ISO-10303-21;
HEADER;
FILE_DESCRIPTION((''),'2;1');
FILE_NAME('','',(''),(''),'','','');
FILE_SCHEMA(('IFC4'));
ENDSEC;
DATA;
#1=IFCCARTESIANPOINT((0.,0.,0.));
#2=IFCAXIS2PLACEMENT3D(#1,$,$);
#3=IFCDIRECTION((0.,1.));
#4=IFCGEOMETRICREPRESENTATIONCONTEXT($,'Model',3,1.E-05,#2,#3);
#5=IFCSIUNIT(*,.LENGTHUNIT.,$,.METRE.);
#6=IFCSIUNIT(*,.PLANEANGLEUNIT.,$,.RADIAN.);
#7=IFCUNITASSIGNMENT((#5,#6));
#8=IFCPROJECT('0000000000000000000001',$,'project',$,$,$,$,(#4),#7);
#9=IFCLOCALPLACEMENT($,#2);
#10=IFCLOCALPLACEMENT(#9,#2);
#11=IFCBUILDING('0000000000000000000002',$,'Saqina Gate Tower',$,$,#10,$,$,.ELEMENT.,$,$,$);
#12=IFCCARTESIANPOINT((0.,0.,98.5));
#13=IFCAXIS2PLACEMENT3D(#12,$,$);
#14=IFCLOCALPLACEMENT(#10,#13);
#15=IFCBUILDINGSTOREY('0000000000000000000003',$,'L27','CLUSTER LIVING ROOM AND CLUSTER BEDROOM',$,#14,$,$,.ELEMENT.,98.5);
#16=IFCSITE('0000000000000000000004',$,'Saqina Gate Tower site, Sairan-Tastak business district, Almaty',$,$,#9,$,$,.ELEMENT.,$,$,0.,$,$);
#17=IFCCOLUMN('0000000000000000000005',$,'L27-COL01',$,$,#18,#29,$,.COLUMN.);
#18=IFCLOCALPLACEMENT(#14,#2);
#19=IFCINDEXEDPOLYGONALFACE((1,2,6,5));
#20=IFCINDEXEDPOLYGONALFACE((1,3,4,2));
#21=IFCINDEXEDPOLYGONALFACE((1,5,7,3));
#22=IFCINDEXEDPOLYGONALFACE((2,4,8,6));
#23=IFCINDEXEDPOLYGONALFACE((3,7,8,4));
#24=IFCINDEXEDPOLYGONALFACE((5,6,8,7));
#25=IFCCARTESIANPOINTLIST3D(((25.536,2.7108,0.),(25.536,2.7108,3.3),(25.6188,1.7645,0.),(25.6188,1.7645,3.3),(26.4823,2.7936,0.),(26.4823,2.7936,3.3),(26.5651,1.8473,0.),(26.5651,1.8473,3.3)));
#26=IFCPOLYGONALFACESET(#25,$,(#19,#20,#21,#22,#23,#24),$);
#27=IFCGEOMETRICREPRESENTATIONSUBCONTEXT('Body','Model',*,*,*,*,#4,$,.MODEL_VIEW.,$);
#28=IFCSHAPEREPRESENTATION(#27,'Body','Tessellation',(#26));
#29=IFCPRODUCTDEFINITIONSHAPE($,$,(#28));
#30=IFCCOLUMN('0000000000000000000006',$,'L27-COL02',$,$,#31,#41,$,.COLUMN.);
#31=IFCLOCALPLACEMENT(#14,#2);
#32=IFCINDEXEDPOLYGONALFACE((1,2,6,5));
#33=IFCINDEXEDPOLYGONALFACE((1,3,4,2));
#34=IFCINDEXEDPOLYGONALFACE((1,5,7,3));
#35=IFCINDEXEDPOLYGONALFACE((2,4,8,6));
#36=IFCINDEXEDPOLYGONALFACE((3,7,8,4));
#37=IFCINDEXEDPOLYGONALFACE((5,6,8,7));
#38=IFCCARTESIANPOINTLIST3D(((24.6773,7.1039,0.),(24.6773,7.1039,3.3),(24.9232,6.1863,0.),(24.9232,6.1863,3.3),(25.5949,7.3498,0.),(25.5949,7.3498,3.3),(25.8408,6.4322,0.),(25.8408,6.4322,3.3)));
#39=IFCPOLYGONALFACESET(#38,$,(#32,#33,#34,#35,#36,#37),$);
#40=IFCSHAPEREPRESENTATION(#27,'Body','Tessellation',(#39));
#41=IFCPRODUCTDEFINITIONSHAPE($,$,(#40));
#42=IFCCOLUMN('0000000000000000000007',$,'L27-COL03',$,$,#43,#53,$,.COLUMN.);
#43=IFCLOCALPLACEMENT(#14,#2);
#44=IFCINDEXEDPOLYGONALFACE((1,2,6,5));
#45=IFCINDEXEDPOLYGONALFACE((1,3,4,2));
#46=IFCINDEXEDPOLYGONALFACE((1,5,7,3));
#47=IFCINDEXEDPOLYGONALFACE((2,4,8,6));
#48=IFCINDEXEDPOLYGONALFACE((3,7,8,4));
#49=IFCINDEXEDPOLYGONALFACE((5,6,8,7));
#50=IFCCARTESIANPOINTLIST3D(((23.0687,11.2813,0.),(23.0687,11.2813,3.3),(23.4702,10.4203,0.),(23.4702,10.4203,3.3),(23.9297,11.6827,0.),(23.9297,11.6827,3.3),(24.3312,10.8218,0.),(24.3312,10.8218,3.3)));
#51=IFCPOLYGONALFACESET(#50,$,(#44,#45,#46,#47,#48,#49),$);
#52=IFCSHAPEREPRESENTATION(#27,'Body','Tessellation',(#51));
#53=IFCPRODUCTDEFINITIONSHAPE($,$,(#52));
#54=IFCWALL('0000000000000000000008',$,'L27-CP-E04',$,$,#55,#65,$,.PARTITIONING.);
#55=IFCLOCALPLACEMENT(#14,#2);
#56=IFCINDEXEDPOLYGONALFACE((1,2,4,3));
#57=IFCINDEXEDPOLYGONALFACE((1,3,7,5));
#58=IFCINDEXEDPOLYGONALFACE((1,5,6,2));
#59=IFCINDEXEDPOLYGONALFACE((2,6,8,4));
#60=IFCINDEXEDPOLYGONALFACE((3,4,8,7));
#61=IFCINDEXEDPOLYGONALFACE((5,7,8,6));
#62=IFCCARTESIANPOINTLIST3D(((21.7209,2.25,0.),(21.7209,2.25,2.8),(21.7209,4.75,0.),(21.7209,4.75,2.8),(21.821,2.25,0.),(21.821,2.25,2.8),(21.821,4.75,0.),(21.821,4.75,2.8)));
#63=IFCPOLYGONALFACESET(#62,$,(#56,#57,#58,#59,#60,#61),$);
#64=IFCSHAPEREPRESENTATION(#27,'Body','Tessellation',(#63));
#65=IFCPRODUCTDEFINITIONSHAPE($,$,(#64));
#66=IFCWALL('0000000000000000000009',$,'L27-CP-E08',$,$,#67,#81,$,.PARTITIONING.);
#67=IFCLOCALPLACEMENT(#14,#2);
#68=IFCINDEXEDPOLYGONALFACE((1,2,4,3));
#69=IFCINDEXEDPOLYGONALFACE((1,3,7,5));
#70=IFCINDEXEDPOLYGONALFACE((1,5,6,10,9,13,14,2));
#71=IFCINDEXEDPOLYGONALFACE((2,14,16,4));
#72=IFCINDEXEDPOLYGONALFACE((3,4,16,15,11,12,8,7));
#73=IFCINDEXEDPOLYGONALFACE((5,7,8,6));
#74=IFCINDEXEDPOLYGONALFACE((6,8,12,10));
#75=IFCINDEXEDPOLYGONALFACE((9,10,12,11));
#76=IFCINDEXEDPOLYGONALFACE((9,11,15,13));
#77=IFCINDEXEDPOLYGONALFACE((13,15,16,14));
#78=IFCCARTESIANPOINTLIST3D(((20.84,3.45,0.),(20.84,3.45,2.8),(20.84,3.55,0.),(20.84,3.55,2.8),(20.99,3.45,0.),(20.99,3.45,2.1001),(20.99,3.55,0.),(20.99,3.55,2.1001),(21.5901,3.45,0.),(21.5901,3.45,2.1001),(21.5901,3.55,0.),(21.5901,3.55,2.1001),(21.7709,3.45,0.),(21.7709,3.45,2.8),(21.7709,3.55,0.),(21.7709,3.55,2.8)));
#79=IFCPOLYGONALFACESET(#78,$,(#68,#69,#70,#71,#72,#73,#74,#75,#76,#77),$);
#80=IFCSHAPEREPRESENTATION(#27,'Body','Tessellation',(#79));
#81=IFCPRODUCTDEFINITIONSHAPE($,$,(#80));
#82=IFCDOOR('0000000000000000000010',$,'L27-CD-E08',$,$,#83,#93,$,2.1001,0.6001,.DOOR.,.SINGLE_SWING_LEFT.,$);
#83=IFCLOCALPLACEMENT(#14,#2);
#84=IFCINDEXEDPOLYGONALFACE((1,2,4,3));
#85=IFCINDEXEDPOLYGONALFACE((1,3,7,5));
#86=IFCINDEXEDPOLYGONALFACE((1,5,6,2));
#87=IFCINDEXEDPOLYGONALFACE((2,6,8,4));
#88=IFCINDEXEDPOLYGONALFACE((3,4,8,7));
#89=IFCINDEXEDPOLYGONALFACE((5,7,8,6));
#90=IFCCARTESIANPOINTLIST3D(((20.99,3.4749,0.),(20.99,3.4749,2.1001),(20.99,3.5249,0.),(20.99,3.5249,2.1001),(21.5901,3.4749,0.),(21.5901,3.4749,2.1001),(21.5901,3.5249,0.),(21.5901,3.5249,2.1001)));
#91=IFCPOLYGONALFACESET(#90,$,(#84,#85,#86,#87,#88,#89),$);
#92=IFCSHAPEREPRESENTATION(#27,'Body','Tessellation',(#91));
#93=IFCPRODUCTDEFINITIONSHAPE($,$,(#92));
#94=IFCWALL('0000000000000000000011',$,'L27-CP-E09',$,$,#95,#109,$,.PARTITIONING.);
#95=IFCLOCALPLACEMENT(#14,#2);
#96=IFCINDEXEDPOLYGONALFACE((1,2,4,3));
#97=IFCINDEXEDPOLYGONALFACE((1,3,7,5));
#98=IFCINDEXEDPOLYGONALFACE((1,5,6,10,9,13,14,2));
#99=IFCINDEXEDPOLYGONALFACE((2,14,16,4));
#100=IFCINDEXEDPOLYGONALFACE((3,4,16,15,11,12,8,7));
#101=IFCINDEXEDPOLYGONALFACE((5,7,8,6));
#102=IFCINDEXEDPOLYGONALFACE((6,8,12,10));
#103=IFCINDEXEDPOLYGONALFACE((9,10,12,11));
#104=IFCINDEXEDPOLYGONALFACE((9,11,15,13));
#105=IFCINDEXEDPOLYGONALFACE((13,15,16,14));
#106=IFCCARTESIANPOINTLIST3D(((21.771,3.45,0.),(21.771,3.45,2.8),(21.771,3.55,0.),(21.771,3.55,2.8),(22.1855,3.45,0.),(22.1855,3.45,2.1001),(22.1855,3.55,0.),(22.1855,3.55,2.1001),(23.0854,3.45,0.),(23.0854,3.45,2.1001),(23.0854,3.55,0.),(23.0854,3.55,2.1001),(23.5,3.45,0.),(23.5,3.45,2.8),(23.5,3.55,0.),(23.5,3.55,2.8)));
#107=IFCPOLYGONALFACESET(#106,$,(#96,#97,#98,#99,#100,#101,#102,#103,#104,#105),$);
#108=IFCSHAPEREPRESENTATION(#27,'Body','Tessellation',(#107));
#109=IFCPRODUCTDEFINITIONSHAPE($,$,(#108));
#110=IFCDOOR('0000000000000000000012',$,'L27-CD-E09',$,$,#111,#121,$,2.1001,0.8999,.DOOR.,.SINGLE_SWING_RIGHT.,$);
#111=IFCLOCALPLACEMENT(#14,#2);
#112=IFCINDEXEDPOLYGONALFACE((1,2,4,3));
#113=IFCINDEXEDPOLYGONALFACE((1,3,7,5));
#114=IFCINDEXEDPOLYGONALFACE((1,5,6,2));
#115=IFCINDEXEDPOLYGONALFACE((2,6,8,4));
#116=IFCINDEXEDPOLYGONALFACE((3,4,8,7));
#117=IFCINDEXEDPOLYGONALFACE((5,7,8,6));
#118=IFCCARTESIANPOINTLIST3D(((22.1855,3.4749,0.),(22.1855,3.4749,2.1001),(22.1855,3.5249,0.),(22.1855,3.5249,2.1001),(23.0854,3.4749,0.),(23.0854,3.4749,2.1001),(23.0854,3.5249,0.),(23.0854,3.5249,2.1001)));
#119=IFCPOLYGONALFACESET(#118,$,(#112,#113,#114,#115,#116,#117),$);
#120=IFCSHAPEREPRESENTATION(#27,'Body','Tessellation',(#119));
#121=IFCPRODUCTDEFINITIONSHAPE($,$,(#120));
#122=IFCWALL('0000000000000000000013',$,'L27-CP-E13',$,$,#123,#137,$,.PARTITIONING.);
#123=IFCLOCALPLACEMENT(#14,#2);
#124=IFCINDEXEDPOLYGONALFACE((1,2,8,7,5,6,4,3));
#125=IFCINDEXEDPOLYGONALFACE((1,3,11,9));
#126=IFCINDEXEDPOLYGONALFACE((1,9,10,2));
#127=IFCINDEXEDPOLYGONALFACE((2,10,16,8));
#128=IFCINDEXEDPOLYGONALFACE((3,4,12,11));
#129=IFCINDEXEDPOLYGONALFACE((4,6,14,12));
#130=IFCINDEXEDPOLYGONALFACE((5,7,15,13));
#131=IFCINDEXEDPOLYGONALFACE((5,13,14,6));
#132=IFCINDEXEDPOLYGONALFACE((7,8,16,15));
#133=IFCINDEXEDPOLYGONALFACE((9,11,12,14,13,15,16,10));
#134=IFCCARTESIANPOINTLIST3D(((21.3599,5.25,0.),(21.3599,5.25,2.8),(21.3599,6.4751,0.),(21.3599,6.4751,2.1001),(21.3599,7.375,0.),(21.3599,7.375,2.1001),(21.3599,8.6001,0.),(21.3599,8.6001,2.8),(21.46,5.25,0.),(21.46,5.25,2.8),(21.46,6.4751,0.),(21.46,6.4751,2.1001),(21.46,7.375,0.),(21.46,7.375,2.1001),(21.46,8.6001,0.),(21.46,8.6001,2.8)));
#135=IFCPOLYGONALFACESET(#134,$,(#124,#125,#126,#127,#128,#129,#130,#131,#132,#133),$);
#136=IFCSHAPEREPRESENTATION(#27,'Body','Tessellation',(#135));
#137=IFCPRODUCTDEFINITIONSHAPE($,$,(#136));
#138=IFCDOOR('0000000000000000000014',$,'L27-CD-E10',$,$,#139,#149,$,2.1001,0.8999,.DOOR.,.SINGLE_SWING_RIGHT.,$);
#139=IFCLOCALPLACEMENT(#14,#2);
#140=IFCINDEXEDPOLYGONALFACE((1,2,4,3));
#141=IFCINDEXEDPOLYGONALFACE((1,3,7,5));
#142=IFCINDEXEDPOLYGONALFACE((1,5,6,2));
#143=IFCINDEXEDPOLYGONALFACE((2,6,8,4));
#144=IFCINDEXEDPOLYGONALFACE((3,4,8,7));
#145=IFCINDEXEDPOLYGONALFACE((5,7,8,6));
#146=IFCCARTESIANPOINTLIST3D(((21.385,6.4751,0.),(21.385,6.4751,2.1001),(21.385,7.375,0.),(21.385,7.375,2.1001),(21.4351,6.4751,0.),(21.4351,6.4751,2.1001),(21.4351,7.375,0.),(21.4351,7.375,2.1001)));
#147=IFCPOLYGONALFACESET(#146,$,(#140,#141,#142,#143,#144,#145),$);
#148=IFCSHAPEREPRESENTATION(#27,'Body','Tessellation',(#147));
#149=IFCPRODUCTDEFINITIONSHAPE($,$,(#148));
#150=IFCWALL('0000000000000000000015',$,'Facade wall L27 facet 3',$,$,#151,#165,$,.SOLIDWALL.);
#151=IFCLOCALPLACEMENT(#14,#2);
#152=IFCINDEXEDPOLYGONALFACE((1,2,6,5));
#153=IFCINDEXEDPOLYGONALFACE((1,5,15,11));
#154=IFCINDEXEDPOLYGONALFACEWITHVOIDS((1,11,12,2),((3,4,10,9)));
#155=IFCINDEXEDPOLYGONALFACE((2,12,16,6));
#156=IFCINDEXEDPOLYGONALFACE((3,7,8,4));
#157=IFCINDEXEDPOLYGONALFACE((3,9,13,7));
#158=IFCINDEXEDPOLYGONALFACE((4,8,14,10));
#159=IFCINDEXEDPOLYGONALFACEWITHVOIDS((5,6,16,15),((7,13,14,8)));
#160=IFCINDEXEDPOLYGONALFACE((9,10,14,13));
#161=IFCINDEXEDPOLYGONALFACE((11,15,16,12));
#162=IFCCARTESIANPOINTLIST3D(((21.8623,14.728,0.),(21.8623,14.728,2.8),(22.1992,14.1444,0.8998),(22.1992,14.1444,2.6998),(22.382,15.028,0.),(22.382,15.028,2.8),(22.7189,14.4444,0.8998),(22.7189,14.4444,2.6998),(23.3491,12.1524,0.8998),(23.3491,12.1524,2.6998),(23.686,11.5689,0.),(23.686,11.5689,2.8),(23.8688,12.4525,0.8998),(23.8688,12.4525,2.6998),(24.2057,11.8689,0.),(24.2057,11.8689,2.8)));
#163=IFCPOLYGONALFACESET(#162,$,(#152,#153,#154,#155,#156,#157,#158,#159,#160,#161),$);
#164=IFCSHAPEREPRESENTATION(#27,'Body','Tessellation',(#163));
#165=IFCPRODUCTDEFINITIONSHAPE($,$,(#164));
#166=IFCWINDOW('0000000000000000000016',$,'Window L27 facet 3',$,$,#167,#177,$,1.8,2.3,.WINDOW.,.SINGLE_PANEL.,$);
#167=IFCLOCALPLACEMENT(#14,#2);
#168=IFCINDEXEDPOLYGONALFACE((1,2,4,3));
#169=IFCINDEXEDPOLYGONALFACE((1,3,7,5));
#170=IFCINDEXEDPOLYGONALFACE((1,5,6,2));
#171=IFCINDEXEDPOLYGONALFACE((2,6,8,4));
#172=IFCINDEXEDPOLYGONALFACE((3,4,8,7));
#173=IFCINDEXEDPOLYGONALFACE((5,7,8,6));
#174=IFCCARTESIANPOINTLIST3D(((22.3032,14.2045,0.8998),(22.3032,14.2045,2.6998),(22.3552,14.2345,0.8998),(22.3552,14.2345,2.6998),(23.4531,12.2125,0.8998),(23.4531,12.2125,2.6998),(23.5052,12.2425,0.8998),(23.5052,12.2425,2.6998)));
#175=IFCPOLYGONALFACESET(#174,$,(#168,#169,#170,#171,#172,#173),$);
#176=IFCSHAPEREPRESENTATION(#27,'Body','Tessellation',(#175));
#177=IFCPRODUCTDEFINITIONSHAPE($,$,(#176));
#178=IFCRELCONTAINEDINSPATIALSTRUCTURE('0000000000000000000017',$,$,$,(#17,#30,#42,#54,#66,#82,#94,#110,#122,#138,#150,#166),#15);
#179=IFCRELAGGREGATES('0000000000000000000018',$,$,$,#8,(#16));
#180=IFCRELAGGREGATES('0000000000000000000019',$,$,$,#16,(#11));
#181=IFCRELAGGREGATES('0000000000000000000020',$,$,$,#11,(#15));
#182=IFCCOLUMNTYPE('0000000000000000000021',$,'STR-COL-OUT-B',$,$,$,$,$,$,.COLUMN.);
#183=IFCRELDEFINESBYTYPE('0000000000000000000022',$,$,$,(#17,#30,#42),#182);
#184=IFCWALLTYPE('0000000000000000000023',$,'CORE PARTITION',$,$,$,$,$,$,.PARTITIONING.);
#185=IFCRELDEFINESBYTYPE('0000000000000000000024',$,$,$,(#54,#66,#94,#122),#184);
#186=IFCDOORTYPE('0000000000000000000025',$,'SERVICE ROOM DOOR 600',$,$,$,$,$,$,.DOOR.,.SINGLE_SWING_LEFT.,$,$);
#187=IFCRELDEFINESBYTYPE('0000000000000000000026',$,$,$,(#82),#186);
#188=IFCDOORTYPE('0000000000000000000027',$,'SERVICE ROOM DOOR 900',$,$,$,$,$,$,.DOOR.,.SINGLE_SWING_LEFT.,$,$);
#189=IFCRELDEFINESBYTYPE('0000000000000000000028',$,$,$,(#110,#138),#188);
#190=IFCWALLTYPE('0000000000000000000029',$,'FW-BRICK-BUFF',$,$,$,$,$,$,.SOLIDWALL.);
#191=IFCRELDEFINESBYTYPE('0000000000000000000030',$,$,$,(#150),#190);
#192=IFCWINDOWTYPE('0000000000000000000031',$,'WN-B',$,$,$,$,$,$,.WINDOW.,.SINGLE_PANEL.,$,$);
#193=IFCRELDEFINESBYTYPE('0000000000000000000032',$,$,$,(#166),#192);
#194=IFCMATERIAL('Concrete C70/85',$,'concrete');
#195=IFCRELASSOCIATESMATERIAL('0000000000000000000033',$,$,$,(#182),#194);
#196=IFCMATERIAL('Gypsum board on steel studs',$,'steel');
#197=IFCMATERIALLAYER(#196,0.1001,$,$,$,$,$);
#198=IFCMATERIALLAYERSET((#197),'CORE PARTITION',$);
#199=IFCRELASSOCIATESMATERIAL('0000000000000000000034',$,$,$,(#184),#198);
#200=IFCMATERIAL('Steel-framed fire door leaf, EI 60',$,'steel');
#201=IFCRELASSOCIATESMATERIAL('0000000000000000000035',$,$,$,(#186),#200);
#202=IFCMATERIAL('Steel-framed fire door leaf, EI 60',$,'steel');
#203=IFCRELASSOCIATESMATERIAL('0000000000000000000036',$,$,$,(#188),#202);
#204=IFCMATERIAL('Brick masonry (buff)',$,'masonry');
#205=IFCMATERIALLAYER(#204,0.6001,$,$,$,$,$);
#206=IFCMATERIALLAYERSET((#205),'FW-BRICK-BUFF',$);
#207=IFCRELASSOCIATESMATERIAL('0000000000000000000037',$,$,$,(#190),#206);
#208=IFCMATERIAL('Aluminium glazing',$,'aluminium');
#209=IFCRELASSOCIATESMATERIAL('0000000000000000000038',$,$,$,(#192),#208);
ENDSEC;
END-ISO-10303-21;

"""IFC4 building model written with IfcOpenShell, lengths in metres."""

from ifc_helpers import new_model, si_unit, direction, frame, frame_2d, origin, origin_2d, place, context, subcontext, project, spatial, rectangle, extrude, material, layer, layer_set, material_profile, profile_set, type_object, element, fill, save


model = new_model("IFC4")

# Units and contexts
model_context = context("Model", 3, precision=1e-05, world=origin(), true_north=direction((0.0, 1.0)))
body_context = subcontext(model_context, "Body", "Model", "MODEL_VIEW")
ifc_project = project(units=[si_unit("LENGTHUNIT", "METRE"), si_unit("PLANEANGLEUNIT", "RADIAN")], contexts=[model_context])

# Site, building, storey
site_placement = place(None, origin())
site = spatial("IfcSite", under=ifc_project, at=site_placement, Name="Saqina Gate Tower site, Sairan-Tastak business district, Almaty", CompositionType="ELEMENT", RefElevation=0.0)
building_placement = place(site_placement, origin())
building = spatial("IfcBuilding", under=site, at=building_placement, Name="Saqina Gate Tower", CompositionType="ELEMENT")
storey_placement = place(building_placement, frame((0.0, 0.0, 98.5)))
storey = spatial("IfcBuildingStorey", under=building, at=storey_placement, Name="L27", Description="CLUSTER LIVING ROOM AND CLUSTER BEDROOM", CompositionType="ELEMENT", Elevation=98.5)

# Columns
ifc_material_1 = material(Name="Concrete C70/85", Category="concrete")
ifc_material_profile = material_profile(ifc_material_1, rectangle(XDim=0.95, YDim=0.95, at=origin_2d()), Name="RC 950x950")
ifc_profile_set = profile_set([ifc_material_profile], Name="Concrete C70/85")
column_type = type_object("IfcColumnType", Name="STR-COL-OUT-B", PredefinedType="COLUMN", material=ifc_profile_set)
for number, where, z_axis, x_axis, name in (
    (1, (26.0505, 2.2791, 0.0), (0.0, 0.0, 1.0), (0.996195, 0.087156, 0.0), "L27-COL01"),
    (2, (25.259, 6.7681, 0.0), (0.0, 0.0, 1.0), (0.965926, 0.258819, 0.0), "L27-COL02"),
    (3, (23.7, 11.0515, 0.0), (0.0, 0.0, 1.0), (0.906308, 0.422618, 0.0), "L27-COL03"),
):
    element("IfcColumn", number, at=place(storey_placement, frame(where, z_axis=z_axis, x_axis=x_axis)), inside=storey, type_object=column_type, Name=name, PredefinedType="COLUMN", context=body_context, shape_type="SweptSolid", body=[
        extrude(rectangle(XDim=0.95, YDim=0.95, at=origin_2d()), origin(), (0.0, 0.0, 1.0), 3.3),
    ])

# Wall
ifc_material_2 = material(Name="Gypsum board on steel studs", Category="steel")
ifc_layer_1 = layer(ifc_material_2, 0.1001)
ifc_layer_set_1 = layer_set([ifc_layer_1], Name="CORE PARTITION")
wall_type_1 = type_object("IfcWallType", Name="CORE PARTITION", PredefinedType="PARTITIONING", material=ifc_layer_set_1)
wall_1_placement = place(storey_placement, frame((21.771, 2.25, 0.0), z_axis=(0.0, 0.0, 1.0), x_axis=(0.0, 1.0, 0.0)))
element("IfcWall", 4, at=wall_1_placement, inside=storey, type_object=wall_type_1, Name="L27-CP-E04", PredefinedType="PARTITIONING", context=body_context, shape_type="SweptSolid", body=[
    extrude(rectangle(XDim=2.5, YDim=0.1001, at=frame_2d((1.25, 0.0))), origin(), (0.0, 0.0, 1.0), 2.8),
])

# Walls, openings, doors
wall_2_placement = place(storey_placement, frame((20.8401, 3.5, 0.0), z_axis=(0.0, 0.0, 1.0), x_axis=(1.0, 0.0, 0.0)))
wall_2 = element("IfcWall", 5, at=wall_2_placement, inside=storey, type_object=wall_type_1, Name="L27-CP-E08", PredefinedType="PARTITIONING", context=body_context, shape_type="SweptSolid", body=[
    extrude(rectangle(XDim=0.9309, YDim=0.1001, at=frame_2d((0.4653, 0.0))), origin(), (0.0, 0.0, 1.0), 2.8),
])
opening_1_placement = place(wall_2_placement, frame((0.1499, 0.0, 0.0)))
opening_1 = element("IfcOpeningElement", 6, at=opening_1_placement, cuts=wall_2, PredefinedType="OPENING", context=body_context, shape_type="SweptSolid", body=[
    extrude(rectangle(XDim=0.6001, YDim=2.1001, at=frame_2d((0.3, 1.05))), frame((0.0, 0.062, 0.0), z_axis=(0.0, -1.0, 0.0), x_axis=(1.0, 0.0, 0.0)), (0.0, 0.0, 1.0), 0.124),
])
ifc_material_3 = material(Name="Steel-framed fire door leaf, EI 60", Category="steel")
door_type_1 = type_object("IfcDoorType", Name="SERVICE ROOM DOOR 600", OperationType="SINGLE_SWING_LEFT", PredefinedType="DOOR", material=ifc_material_3)
door_1_placement = place(opening_1_placement, origin())
door_1 = element("IfcDoor", 7, at=door_1_placement, inside=storey, type_object=door_type_1, Name="L27-CD-E08", OperationType="SINGLE_SWING_LEFT", OverallHeight=2.1001, OverallWidth=0.6001, PredefinedType="DOOR", context=body_context, shape_type="SweptSolid", body=[
    extrude(rectangle(XDim=0.6001, YDim=2.1001, at=frame_2d((0.3, 1.05))), frame((0.0, 0.0249, 0.0), z_axis=(0.0, -1.0, 0.0), x_axis=(1.0, 0.0, 0.0)), (0.0, 0.0, 1.0), 0.05),
])
fill(opening_1, door_1)
wall_3_placement = place(storey_placement, frame((21.771, 3.5, 0.0), z_axis=(0.0, 0.0, 1.0), x_axis=(1.0, 0.0, 0.0)))
wall_3 = element("IfcWall", 8, at=wall_3_placement, inside=storey, type_object=wall_type_1, Name="L27-CP-E09", PredefinedType="PARTITIONING", context=body_context, shape_type="SweptSolid", body=[
    extrude(rectangle(XDim=1.729, YDim=0.1001, at=frame_2d((0.8645, 0.0))), origin(), (0.0, 0.0, 1.0), 2.8),
])
opening_2_placement = place(wall_3_placement, frame((0.4146, 0.0, 0.0)))
opening_2 = element("IfcOpeningElement", 9, at=opening_2_placement, cuts=wall_3, PredefinedType="OPENING", context=body_context, shape_type="SweptSolid", body=[
    extrude(rectangle(XDim=0.8999, YDim=2.1001, at=frame_2d((0.45, 1.05))), frame((0.0, 0.062, 0.0), z_axis=(0.0, -1.0, 0.0), x_axis=(1.0, 0.0, 0.0)), (0.0, 0.0, 1.0), 0.124),
])
ifc_material_4 = material(Name="Steel-framed fire door leaf, EI 60", Category="steel")
door_type_2 = type_object("IfcDoorType", Name="SERVICE ROOM DOOR 900", OperationType="SINGLE_SWING_LEFT", PredefinedType="DOOR", material=ifc_material_4)
door_2_placement = place(opening_2_placement, origin())
door_2 = element("IfcDoor", 10, at=door_2_placement, inside=storey, type_object=door_type_2, Name="L27-CD-E09", OperationType="SINGLE_SWING_RIGHT", OverallHeight=2.1001, OverallWidth=0.8999, PredefinedType="DOOR", context=body_context, shape_type="SweptSolid", body=[
    extrude(rectangle(XDim=0.8999, YDim=2.1001, at=frame_2d((0.45, 1.05))), frame((0.0, 0.0249, 0.0), z_axis=(0.0, -1.0, 0.0), x_axis=(1.0, 0.0, 0.0)), (0.0, 0.0, 1.0), 0.05),
])
fill(opening_2, door_2)
wall_4_placement = place(storey_placement, frame((21.4099, 5.25, 0.0), z_axis=(0.0, 0.0, 1.0), x_axis=(0.0, 1.0, 0.0)))
wall_4 = element("IfcWall", 11, at=wall_4_placement, inside=storey, type_object=wall_type_1, Name="L27-CP-E13", PredefinedType="PARTITIONING", context=body_context, shape_type="SweptSolid", body=[
    extrude(rectangle(XDim=3.3501, YDim=0.1001, at=frame_2d((1.675, 0.0))), origin(), (0.0, 0.0, 1.0), 2.8),
])
opening_3_placement = place(wall_4_placement, frame((1.2251, 0.0, 0.0)))
opening_3 = element("IfcOpeningElement", 12, at=opening_3_placement, cuts=wall_4, PredefinedType="OPENING", context=body_context, shape_type="SweptSolid", body=[
    extrude(rectangle(XDim=0.8999, YDim=2.1001, at=frame_2d((0.45, 1.05))), frame((0.0, 0.062, 0.0), z_axis=(0.0, -1.0, 0.0), x_axis=(1.0, 0.0, 0.0)), (0.0, 0.0, 1.0), 0.124),
])
door_3_placement = place(opening_3_placement, origin())
door_3 = element("IfcDoor", 13, at=door_3_placement, inside=storey, type_object=door_type_2, Name="L27-CD-E10", OperationType="SINGLE_SWING_RIGHT", OverallHeight=2.1001, OverallWidth=0.8999, PredefinedType="DOOR", context=body_context, shape_type="SweptSolid", body=[
    extrude(rectangle(XDim=0.8999, YDim=2.1001, at=frame_2d((0.45, 1.05))), frame((0.0, 0.0249, 0.0), z_axis=(0.0, -1.0, 0.0), x_axis=(1.0, 0.0, 0.0)), (0.0, 0.0, 1.0), 0.05),
])
fill(opening_3, door_3)

# Wall, opening, window
ifc_material_5 = material(Name="Brick masonry (buff)", Category="masonry")
ifc_layer_2 = layer(ifc_material_5, 0.6001)
ifc_layer_set_2 = layer_set([ifc_layer_2], Name="FW-BRICK-BUFF")
wall_type_2 = type_object("IfcWallType", Name="FW-BRICK-BUFF", PredefinedType="SOLIDWALL", material=ifc_layer_set_2)
wall_5_placement = place(storey_placement, frame((23.9458, 11.719, 0.0), z_axis=(0.0, 0.0, 1.0), x_axis=(-0.499954, 0.866052, 0.0)))
wall_5 = element("IfcWall", 14, at=wall_5_placement, inside=storey, type_object=wall_type_2, Name="Facade wall L27 facet 3", PredefinedType="SOLIDWALL", context=body_context, shape_type="SweptSolid", body=[
    extrude(rectangle(XDim=3.6477, YDim=0.6001, at=frame_2d((1.8237, 0.0))), origin(), (0.0, 0.0, 1.0), 2.8),
])
opening_4_placement = place(wall_5_placement, frame((0.6738, 0.0, 0.8999)))
opening_4 = element("IfcOpeningElement", 15, at=opening_4_placement, cuts=wall_5, PredefinedType="OPENING", context=body_context, shape_type="SweptSolid", body=[
    extrude(rectangle(XDim=2.3, YDim=1.8, at=frame_2d((1.1499, 0.8999))), frame((0.0, 0.312, 0.0), z_axis=(0.0, -1.0, 0.0), x_axis=(1.0, 0.0, 0.0)), (0.0, 0.0, 1.0), 0.624),
])
ifc_material_6 = material(Name="Aluminium glazing", Category="aluminium")
window_type = type_object("IfcWindowType", Name="WN-B", PartitioningType="SINGLE_PANEL", PredefinedType="WINDOW", material=ifc_material_6)
window_placement = place(opening_4_placement, origin())
window = element("IfcWindow", 16, at=window_placement, inside=storey, type_object=window_type, Name="Window L27 facet 3", OverallHeight=1.8, OverallWidth=2.3, PartitioningType="SINGLE_PANEL", PredefinedType="WINDOW", context=body_context, shape_type="SweptSolid", body=[
    extrude(rectangle(XDim=2.3, YDim=1.8, at=frame_2d((1.1499, 0.8999))), frame((0.0, 0.1799, 0.0), z_axis=(0.0, -1.0, 0.0), x_axis=(1.0, 0.0, 0.0)), (0.0, 0.0, 1.0), 0.0601),
])
fill(opening_4, window)

save(model, "model.ifc")
